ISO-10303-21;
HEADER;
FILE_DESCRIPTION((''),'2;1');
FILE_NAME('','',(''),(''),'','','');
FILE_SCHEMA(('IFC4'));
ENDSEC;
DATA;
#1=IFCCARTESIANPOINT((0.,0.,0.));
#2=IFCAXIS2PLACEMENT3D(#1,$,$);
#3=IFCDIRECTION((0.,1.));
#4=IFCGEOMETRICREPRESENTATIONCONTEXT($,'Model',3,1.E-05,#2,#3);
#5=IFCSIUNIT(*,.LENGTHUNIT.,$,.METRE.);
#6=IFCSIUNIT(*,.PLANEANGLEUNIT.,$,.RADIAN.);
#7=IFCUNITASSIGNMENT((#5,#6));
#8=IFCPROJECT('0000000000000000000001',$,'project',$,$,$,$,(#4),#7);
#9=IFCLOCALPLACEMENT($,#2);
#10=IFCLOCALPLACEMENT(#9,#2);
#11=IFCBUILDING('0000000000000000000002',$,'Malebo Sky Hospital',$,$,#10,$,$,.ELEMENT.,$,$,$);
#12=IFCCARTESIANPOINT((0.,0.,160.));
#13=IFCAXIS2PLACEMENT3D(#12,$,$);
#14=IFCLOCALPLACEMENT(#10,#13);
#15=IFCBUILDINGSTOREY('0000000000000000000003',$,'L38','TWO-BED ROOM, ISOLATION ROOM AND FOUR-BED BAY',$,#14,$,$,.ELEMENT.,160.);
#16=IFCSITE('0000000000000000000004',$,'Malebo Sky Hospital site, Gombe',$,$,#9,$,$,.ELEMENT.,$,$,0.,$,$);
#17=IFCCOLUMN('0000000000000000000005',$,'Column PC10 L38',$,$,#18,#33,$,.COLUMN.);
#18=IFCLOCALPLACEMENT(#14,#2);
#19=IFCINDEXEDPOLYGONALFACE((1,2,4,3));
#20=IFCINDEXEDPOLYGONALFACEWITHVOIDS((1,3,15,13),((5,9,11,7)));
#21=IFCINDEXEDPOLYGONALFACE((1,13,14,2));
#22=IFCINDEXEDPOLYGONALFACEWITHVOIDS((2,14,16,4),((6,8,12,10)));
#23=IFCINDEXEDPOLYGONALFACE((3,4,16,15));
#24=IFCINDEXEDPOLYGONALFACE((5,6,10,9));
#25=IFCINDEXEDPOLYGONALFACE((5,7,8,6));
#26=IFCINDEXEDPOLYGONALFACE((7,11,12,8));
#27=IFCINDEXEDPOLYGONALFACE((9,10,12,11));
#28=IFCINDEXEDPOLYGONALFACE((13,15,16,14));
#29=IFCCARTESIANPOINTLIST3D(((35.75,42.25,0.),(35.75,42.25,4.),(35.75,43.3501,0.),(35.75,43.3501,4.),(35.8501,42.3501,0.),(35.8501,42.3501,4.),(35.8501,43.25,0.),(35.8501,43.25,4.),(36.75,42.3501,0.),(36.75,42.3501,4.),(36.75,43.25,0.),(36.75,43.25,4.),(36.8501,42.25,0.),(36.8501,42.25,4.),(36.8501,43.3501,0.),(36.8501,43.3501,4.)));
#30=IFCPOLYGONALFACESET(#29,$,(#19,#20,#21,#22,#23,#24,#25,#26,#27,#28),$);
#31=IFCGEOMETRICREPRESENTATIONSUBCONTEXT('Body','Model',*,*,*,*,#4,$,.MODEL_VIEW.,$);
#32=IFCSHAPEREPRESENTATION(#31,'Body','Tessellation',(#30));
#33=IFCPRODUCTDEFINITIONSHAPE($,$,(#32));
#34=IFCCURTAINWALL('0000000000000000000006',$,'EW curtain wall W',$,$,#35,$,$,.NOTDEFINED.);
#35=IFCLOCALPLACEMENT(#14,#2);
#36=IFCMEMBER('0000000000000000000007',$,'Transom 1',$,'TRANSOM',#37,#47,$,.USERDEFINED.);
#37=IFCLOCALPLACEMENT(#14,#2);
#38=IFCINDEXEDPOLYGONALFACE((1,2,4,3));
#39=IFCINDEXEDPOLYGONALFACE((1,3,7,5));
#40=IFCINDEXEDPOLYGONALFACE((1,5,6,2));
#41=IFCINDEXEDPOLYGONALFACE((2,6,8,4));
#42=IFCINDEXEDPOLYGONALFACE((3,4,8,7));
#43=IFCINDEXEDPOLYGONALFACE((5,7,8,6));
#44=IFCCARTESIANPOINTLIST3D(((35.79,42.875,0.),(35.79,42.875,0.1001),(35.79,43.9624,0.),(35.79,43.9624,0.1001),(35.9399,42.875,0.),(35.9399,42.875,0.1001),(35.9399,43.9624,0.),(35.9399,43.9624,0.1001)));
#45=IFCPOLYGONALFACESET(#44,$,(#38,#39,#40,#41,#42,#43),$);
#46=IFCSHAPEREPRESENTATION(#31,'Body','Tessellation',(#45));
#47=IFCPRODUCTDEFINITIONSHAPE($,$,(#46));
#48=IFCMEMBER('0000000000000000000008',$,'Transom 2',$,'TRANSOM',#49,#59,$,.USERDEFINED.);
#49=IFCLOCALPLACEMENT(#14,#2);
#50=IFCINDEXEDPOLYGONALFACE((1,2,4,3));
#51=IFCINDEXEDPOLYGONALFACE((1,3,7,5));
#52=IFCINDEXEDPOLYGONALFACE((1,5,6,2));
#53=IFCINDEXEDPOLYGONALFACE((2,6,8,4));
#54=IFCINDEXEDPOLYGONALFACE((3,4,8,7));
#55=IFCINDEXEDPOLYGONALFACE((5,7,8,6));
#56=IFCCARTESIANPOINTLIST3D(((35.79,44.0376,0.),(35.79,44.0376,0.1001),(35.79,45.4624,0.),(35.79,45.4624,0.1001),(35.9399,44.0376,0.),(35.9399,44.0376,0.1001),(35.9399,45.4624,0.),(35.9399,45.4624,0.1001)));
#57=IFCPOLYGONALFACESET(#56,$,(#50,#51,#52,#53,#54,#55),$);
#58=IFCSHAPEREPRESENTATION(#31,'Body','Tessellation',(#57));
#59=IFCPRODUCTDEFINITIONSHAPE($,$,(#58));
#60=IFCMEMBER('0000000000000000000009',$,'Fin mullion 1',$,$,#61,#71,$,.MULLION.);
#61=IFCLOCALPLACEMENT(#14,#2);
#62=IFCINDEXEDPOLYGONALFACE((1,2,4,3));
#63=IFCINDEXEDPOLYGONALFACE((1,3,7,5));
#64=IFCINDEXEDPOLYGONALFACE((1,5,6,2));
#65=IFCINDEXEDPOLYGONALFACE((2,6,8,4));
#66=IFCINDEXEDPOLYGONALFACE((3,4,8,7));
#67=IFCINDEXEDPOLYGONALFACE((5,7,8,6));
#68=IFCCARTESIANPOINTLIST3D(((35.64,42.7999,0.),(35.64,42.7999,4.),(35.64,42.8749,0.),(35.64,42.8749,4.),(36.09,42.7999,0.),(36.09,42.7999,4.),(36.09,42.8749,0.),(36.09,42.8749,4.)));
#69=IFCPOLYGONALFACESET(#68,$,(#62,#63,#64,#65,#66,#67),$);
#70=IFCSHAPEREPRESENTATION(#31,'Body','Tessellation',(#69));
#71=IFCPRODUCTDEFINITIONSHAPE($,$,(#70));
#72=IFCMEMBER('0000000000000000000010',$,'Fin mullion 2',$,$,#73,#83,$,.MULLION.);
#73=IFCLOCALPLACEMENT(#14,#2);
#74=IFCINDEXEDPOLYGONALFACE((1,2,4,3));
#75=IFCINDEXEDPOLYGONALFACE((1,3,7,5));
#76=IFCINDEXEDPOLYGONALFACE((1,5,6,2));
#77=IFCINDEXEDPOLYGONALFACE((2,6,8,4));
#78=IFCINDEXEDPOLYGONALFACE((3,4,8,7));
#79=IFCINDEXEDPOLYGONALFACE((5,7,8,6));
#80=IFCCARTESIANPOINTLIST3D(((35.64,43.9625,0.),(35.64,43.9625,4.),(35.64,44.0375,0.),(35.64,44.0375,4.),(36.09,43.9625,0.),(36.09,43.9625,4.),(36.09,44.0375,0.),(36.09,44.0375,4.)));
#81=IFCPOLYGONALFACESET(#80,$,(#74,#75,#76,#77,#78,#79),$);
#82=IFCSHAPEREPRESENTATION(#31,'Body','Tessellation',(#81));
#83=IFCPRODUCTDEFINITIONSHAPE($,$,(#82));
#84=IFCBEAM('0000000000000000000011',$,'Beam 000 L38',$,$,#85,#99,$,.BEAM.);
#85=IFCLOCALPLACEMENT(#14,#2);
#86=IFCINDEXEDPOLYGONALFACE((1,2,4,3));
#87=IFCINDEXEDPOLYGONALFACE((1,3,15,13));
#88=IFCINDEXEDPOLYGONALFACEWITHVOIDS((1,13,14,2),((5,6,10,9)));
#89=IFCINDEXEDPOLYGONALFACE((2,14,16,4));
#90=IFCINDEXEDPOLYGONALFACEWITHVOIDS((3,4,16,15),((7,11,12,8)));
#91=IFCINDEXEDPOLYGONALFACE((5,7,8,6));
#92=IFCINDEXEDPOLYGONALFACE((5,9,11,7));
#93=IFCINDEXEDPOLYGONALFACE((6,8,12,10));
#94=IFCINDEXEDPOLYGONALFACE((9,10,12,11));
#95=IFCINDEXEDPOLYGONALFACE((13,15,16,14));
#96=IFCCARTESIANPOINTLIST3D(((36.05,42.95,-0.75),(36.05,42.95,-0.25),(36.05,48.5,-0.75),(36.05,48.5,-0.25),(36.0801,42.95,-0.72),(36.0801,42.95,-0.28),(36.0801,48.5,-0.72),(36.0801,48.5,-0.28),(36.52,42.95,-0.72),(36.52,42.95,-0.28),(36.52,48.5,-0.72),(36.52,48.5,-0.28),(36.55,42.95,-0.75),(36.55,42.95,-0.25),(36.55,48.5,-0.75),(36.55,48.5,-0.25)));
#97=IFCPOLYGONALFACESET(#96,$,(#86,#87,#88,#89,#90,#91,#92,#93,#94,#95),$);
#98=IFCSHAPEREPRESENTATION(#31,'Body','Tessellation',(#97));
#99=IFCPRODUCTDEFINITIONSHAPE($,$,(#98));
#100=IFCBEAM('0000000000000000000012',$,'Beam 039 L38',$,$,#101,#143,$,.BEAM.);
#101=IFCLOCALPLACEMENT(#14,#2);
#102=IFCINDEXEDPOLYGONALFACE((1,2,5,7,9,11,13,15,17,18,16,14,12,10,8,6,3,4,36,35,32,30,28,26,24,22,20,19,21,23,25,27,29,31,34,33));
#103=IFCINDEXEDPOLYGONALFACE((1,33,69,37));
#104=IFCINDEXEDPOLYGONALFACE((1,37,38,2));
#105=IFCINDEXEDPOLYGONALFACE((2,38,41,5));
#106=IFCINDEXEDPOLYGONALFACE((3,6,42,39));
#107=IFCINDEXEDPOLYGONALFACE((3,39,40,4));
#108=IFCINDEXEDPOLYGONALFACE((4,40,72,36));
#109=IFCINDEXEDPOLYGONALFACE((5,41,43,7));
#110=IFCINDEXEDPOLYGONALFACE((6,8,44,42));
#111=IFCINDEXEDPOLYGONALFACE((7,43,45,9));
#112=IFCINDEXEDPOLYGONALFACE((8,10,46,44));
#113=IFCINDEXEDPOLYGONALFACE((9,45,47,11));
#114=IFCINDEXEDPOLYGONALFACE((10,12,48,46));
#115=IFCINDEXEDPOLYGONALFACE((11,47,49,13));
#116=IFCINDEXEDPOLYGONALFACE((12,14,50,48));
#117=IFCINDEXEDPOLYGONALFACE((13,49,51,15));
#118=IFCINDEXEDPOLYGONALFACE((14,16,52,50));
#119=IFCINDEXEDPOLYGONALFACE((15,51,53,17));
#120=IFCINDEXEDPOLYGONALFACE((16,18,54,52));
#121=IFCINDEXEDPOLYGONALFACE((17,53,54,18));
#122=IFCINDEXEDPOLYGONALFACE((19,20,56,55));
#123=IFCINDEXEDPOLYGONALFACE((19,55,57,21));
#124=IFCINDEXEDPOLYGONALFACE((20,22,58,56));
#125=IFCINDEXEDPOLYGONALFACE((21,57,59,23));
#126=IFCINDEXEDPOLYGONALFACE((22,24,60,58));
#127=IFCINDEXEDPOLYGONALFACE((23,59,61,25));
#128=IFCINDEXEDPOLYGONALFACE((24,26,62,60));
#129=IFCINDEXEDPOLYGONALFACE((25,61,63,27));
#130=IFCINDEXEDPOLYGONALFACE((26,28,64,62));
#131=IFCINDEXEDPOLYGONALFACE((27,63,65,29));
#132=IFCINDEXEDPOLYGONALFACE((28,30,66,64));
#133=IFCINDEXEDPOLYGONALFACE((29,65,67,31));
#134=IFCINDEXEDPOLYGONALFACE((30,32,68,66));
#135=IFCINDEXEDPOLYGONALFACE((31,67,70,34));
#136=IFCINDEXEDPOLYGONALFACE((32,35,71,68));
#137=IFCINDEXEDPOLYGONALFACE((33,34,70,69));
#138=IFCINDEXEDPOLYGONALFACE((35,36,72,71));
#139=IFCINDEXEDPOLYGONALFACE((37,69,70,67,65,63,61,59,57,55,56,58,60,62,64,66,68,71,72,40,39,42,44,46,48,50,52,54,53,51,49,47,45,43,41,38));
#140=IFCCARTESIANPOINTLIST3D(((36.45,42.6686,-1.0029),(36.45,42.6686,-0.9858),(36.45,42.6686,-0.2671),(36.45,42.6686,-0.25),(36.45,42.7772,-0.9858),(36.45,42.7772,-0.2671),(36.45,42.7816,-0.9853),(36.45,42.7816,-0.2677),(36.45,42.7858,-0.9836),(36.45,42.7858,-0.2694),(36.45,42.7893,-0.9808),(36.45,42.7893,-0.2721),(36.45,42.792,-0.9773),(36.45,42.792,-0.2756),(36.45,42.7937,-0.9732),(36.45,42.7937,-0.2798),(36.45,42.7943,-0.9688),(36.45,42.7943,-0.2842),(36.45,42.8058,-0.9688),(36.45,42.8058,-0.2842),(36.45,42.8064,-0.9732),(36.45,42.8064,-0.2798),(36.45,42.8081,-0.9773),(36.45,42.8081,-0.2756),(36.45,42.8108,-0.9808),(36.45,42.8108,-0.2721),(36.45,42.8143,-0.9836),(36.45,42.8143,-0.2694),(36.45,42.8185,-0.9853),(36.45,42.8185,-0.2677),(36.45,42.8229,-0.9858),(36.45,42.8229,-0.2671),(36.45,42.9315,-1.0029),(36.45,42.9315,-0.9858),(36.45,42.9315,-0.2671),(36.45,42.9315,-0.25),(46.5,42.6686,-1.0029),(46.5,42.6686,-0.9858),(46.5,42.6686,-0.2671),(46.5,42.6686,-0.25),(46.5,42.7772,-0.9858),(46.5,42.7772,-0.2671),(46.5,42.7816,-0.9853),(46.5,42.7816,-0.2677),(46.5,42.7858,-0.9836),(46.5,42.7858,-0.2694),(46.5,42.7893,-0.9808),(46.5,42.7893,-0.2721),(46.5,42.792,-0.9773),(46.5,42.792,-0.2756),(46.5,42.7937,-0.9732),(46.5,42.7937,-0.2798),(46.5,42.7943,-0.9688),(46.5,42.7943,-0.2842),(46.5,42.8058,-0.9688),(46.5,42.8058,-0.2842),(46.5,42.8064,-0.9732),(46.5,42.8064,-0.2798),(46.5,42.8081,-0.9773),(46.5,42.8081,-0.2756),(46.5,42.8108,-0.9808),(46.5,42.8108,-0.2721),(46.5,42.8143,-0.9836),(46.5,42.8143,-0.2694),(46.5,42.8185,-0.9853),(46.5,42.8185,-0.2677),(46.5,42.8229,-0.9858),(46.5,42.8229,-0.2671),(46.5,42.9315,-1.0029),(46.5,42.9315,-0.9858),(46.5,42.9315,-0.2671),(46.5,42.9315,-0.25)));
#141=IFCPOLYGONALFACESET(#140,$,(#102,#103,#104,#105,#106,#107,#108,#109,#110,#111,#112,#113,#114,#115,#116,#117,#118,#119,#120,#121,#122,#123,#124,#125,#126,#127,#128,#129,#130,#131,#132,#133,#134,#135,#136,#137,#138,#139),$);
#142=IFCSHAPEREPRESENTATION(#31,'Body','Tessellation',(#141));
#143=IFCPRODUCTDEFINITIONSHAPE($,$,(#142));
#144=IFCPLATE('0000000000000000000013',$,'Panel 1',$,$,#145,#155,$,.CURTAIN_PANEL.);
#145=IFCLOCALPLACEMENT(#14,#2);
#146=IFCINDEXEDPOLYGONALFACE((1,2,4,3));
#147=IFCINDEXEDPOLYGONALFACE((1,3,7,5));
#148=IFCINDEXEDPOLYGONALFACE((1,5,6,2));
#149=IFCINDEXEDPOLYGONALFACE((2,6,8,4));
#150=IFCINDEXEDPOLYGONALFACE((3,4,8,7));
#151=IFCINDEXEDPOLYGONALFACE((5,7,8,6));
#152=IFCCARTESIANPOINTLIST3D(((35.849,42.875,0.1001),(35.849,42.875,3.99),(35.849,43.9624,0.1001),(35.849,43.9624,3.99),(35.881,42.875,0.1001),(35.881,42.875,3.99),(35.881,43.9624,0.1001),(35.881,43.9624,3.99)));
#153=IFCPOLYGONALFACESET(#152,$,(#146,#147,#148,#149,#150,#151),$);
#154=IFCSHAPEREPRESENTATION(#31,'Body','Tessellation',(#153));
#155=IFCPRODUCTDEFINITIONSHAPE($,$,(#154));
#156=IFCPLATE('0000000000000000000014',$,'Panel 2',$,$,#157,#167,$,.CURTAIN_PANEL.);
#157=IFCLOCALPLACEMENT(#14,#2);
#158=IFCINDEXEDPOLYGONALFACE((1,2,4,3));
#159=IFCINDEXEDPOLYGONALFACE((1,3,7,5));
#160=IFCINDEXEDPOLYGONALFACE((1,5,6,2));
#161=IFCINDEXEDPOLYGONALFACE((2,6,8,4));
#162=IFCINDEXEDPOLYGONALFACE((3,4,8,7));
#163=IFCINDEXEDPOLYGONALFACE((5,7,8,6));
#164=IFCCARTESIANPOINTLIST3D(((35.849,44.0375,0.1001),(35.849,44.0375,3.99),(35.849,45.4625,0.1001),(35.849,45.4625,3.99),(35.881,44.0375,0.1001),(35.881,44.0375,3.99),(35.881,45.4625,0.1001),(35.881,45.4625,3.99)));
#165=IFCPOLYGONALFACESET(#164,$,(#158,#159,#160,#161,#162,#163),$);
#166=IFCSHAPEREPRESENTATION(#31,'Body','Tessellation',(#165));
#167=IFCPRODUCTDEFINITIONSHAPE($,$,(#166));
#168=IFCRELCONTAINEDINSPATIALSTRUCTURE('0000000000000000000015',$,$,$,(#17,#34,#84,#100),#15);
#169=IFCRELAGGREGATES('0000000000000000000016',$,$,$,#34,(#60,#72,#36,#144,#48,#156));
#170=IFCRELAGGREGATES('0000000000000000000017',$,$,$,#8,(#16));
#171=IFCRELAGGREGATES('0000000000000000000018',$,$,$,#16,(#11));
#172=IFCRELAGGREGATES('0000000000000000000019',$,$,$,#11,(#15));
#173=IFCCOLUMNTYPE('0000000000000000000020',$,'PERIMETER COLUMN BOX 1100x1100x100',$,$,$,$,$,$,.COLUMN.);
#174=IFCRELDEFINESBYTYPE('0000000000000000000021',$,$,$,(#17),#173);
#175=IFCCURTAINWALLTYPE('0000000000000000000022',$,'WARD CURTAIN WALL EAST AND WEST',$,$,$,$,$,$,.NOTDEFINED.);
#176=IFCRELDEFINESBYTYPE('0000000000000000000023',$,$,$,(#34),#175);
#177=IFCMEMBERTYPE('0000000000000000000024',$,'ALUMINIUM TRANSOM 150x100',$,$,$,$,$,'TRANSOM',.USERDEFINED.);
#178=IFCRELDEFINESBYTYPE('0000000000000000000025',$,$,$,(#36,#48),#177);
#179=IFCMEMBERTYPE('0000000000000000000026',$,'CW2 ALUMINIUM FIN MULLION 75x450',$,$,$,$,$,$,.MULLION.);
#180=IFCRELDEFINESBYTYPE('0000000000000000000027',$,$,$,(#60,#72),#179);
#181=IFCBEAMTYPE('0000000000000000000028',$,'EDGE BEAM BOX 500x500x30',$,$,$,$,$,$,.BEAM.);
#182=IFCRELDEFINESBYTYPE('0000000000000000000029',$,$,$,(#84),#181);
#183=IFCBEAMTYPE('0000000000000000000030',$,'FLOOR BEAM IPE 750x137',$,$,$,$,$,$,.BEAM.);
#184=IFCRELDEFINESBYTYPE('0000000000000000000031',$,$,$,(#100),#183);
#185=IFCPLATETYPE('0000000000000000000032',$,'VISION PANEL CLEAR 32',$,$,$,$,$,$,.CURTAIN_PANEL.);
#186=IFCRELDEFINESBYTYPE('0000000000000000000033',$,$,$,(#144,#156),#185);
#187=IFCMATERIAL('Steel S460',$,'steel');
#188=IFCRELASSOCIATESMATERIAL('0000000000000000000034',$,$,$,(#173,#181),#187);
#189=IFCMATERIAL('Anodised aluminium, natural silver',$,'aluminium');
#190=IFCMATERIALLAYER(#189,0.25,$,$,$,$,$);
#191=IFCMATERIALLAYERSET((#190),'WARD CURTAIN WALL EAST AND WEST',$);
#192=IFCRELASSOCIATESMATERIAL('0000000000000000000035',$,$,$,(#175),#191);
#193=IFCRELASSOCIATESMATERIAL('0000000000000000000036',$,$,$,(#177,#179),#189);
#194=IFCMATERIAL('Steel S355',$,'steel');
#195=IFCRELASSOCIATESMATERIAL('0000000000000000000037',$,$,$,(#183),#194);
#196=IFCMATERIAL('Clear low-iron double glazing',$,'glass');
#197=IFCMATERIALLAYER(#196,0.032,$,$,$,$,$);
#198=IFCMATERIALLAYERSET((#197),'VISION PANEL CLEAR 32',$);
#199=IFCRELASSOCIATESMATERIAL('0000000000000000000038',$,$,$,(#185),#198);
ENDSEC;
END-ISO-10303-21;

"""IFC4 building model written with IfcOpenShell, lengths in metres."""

from ifc_helpers import new_model, si_unit, direction, frame, origin, origin_2d, place, context, subcontext, project, spatial, rectangle, hollow_rectangle, i_section, extrude, material, layer, layer_set, material_profile, profile_set, type_object, element, aggregate, save


model = new_model("IFC4")

# Units and contexts
model_context = context("Model", 3, precision=1e-05, world=origin(), true_north=direction((0.0, 1.0)))
body_context = subcontext(model_context, "Body", "Model", "MODEL_VIEW")
ifc_project = project(units=[si_unit("LENGTHUNIT", "METRE"), si_unit("PLANEANGLEUNIT", "RADIAN")], contexts=[model_context])

# Site, building, storey
site_placement = place(None, origin())
site = spatial("IfcSite", under=ifc_project, at=site_placement, Name="Malebo Sky Hospital site, Gombe", CompositionType="ELEMENT", RefElevation=0.0)
building_placement = place(site_placement, origin())
building = spatial("IfcBuilding", under=site, at=building_placement, Name="Malebo Sky Hospital", CompositionType="ELEMENT")
storey_placement = place(building_placement, frame((0.0, 0.0, 160.0)))
storey = spatial("IfcBuildingStorey", under=building, at=storey_placement, Name="L38", Description="TWO-BED ROOM, ISOLATION ROOM AND FOUR-BED BAY", CompositionType="ELEMENT", Elevation=160.0)

# Column
ifc_material_1 = material(Name="Steel S460", Category="steel")
ifc_material_profile_1 = material_profile(ifc_material_1, hollow_rectangle(XDim=1.1001, YDim=1.1001, WallThickness=0.1001, at=origin_2d()), Name="BOX 1100x1100x100")
ifc_profile_set_1 = profile_set([ifc_material_profile_1], Name="Steel S460")
column_type = type_object("IfcColumnType", Name="PERIMETER COLUMN BOX 1100x1100x100", PredefinedType="COLUMN", material=ifc_profile_set_1)
column_placement = place(storey_placement, frame((36.3, 42.8, 0.0), z_axis=(0.0, 0.0, 1.0), x_axis=(1.0, 0.0, 0.0)))
element("IfcColumn", 1, at=column_placement, inside=storey, type_object=column_type, Name="Column PC10 L38", PredefinedType="COLUMN", context=body_context, shape_type="SweptSolid", body=[
    extrude(hollow_rectangle(XDim=1.1001, YDim=1.1001, WallThickness=0.1001, at=origin_2d()), origin(), (0.0, 0.0, 1.0), 4.0),
])

# Curtain wall, members
ifc_material_2 = material(Name="Anodised aluminium, natural silver", Category="aluminium")
ifc_layer_1 = layer(ifc_material_2, 0.25)
ifc_layer_set_1 = layer_set([ifc_layer_1], Name="WARD CURTAIN WALL EAST AND WEST")
curtain_wall_type = type_object("IfcCurtainWallType", Name="WARD CURTAIN WALL EAST AND WEST", PredefinedType="NOTDEFINED", material=ifc_layer_set_1)
curtain_wall_placement = place(storey_placement, origin())
curtain_wall = element("IfcCurtainWall", 2, at=curtain_wall_placement, inside=storey, type_object=curtain_wall_type, Name="EW curtain wall W", PredefinedType="NOTDEFINED")
ifc_material_profile_2 = material_profile(ifc_material_2, rectangle(XDim=0.1499, YDim=0.1001, at=origin_2d()), Name="ALUMINIUM TRANSOM 150x100")
ifc_profile_set_2 = profile_set([ifc_material_profile_2], Name="Anodised aluminium, natural silver")
member_type_1 = type_object("IfcMemberType", Name="ALUMINIUM TRANSOM 150x100", ElementType="TRANSOM", PredefinedType="USERDEFINED", material=ifc_profile_set_2)
member_1_placement = place(storey_placement, frame((35.865, 42.875, 0.05), z_axis=(0.0, 1.0, 0.0), x_axis=(-1.0, 0.0, 0.0)))
member_1 = element("IfcMember", 3, at=member_1_placement, type_object=member_type_1, Name="Transom 1", ObjectType="TRANSOM", PredefinedType="USERDEFINED", context=body_context, shape_type="SweptSolid", body=[
    extrude(rectangle(XDim=0.1499, YDim=0.1001, at=origin_2d()), origin(), (0.0, 0.0, 1.0), 1.0874),
])
member_2_placement = place(storey_placement, frame((35.865, 44.0376, 0.05), z_axis=(0.0, 1.0, 0.0), x_axis=(-1.0, 0.0, 0.0)))
member_2 = element("IfcMember", 4, at=member_2_placement, type_object=member_type_1, Name="Transom 2", ObjectType="TRANSOM", PredefinedType="USERDEFINED", context=body_context, shape_type="SweptSolid", body=[
    extrude(rectangle(XDim=0.1499, YDim=0.1001, at=origin_2d()), origin(), (0.0, 0.0, 1.0), 1.4248),
])
ifc_material_profile_3 = material_profile(ifc_material_2, rectangle(XDim=0.075, YDim=0.45, at=origin_2d()), Name="CW2 ALUMINIUM FIN MULLION 75x450")
ifc_profile_set_3 = profile_set([ifc_material_profile_3], Name="Anodised aluminium, natural silver")
member_type_2 = type_object("IfcMemberType", Name="CW2 ALUMINIUM FIN MULLION 75x450", PredefinedType="MULLION", material=ifc_profile_set_3)
member_3_placement = place(storey_placement, frame((35.865, 42.8374, 0.0), z_axis=(0.0, 0.0, 1.0), x_axis=(0.0, 1.0, 0.0)))
member_3 = element("IfcMember", 5, at=member_3_placement, type_object=member_type_2, Name="Fin mullion 1", PredefinedType="MULLION", context=body_context, shape_type="SweptSolid", body=[
    extrude(rectangle(XDim=0.075, YDim=0.45, at=origin_2d()), origin(), (0.0, 0.0, 1.0), 4.0),
])
member_4_placement = place(storey_placement, frame((35.865, 44.0, 0.0), z_axis=(0.0, 0.0, 1.0), x_axis=(0.0, 1.0, 0.0)))
member_4 = element("IfcMember", 6, at=member_4_placement, type_object=member_type_2, Name="Fin mullion 2", PredefinedType="MULLION", context=body_context, shape_type="SweptSolid", body=[
    extrude(rectangle(XDim=0.075, YDim=0.45, at=origin_2d()), origin(), (0.0, 0.0, 1.0), 4.0),
])

# Beams
ifc_material_profile_4 = material_profile(ifc_material_1, hollow_rectangle(XDim=0.5, YDim=0.5, WallThickness=0.03, at=origin_2d()), Name="BOX 500x500x30")
ifc_profile_set_4 = profile_set([ifc_material_profile_4], Name="Steel S460")
beam_type_1 = type_object("IfcBeamType", Name="EDGE BEAM BOX 500x500x30", PredefinedType="BEAM", material=ifc_profile_set_4)
beam_1_placement = place(storey_placement, frame((36.3, 42.95, -0.5), z_axis=(0.0, 1.0, 0.0), x_axis=(-1.0, 0.0, 0.0)))
element("IfcBeam", 7, at=beam_1_placement, inside=storey, type_object=beam_type_1, Name="Beam 000 L38", PredefinedType="BEAM", context=body_context, shape_type="SweptSolid", body=[
    extrude(hollow_rectangle(XDim=0.5, YDim=0.5, WallThickness=0.03, at=origin_2d()), origin(), (0.0, 0.0, 1.0), 5.55),
])
ifc_material_3 = material(Name="Steel S355", Category="steel")
ifc_material_profile_5 = material_profile(ifc_material_3, i_section(OverallWidth=0.2629, OverallDepth=0.7529, WebThickness=0.0115, FlangeThickness=0.0171, FilletRadius=0.0171, at=origin_2d()), Name="IPE 750x137")
ifc_profile_set_5 = profile_set([ifc_material_profile_5], Name="Steel S355")
beam_type_2 = type_object("IfcBeamType", Name="FLOOR BEAM IPE 750x137", PredefinedType="BEAM", material=ifc_profile_set_5)
beam_2_placement = place(storey_placement, frame((36.45, 42.8, -0.6265), z_axis=(1.0, 0.0, 0.0), x_axis=(0.0, 1.0, 0.0)))
element("IfcBeam", 8, at=beam_2_placement, inside=storey, type_object=beam_type_2, Name="Beam 039 L38", PredefinedType="BEAM", context=body_context, shape_type="SweptSolid", body=[
    extrude(i_section(OverallWidth=0.2629, OverallDepth=0.7529, WebThickness=0.0115, FlangeThickness=0.0171, FilletRadius=0.0171, at=origin_2d()), origin(), (0.0, 0.0, 1.0), 10.05),
])

# Plates
ifc_material_4 = material(Name="Clear low-iron double glazing", Category="glass")
ifc_layer_2 = layer(ifc_material_4, 0.032)
ifc_layer_set_2 = layer_set([ifc_layer_2], Name="VISION PANEL CLEAR 32")
plate_type = type_object("IfcPlateType", Name="VISION PANEL CLEAR 32", PredefinedType="CURTAIN_PANEL", material=ifc_layer_set_2)
plate_1_placement = place(storey_placement, frame((35.865, 43.4187, 0.1001), z_axis=(0.0, 0.0, 1.0), x_axis=(0.0, 1.0, 0.0)))
plate_1 = element("IfcPlate", 9, at=plate_1_placement, type_object=plate_type, Name="Panel 1", PredefinedType="CURTAIN_PANEL", context=body_context, shape_type="SweptSolid", body=[
    extrude(rectangle(XDim=1.0874, YDim=0.032, at=origin_2d()), origin(), (0.0, 0.0, 1.0), 3.8899),
])
plate_2_placement = place(storey_placement, frame((35.865, 44.75, 0.1001), z_axis=(0.0, 0.0, 1.0), x_axis=(0.0, 1.0, 0.0)))
plate_2 = element("IfcPlate", 10, at=plate_2_placement, type_object=plate_type, Name="Panel 2", PredefinedType="CURTAIN_PANEL", context=body_context, shape_type="SweptSolid", body=[
    extrude(rectangle(XDim=1.425, YDim=0.032, at=origin_2d()), origin(), (0.0, 0.0, 1.0), 3.8899),
])
aggregate(curtain_wall, [member_3, member_4, member_1, plate_1, member_2, plate_2])

save(model, "model.ifc")
